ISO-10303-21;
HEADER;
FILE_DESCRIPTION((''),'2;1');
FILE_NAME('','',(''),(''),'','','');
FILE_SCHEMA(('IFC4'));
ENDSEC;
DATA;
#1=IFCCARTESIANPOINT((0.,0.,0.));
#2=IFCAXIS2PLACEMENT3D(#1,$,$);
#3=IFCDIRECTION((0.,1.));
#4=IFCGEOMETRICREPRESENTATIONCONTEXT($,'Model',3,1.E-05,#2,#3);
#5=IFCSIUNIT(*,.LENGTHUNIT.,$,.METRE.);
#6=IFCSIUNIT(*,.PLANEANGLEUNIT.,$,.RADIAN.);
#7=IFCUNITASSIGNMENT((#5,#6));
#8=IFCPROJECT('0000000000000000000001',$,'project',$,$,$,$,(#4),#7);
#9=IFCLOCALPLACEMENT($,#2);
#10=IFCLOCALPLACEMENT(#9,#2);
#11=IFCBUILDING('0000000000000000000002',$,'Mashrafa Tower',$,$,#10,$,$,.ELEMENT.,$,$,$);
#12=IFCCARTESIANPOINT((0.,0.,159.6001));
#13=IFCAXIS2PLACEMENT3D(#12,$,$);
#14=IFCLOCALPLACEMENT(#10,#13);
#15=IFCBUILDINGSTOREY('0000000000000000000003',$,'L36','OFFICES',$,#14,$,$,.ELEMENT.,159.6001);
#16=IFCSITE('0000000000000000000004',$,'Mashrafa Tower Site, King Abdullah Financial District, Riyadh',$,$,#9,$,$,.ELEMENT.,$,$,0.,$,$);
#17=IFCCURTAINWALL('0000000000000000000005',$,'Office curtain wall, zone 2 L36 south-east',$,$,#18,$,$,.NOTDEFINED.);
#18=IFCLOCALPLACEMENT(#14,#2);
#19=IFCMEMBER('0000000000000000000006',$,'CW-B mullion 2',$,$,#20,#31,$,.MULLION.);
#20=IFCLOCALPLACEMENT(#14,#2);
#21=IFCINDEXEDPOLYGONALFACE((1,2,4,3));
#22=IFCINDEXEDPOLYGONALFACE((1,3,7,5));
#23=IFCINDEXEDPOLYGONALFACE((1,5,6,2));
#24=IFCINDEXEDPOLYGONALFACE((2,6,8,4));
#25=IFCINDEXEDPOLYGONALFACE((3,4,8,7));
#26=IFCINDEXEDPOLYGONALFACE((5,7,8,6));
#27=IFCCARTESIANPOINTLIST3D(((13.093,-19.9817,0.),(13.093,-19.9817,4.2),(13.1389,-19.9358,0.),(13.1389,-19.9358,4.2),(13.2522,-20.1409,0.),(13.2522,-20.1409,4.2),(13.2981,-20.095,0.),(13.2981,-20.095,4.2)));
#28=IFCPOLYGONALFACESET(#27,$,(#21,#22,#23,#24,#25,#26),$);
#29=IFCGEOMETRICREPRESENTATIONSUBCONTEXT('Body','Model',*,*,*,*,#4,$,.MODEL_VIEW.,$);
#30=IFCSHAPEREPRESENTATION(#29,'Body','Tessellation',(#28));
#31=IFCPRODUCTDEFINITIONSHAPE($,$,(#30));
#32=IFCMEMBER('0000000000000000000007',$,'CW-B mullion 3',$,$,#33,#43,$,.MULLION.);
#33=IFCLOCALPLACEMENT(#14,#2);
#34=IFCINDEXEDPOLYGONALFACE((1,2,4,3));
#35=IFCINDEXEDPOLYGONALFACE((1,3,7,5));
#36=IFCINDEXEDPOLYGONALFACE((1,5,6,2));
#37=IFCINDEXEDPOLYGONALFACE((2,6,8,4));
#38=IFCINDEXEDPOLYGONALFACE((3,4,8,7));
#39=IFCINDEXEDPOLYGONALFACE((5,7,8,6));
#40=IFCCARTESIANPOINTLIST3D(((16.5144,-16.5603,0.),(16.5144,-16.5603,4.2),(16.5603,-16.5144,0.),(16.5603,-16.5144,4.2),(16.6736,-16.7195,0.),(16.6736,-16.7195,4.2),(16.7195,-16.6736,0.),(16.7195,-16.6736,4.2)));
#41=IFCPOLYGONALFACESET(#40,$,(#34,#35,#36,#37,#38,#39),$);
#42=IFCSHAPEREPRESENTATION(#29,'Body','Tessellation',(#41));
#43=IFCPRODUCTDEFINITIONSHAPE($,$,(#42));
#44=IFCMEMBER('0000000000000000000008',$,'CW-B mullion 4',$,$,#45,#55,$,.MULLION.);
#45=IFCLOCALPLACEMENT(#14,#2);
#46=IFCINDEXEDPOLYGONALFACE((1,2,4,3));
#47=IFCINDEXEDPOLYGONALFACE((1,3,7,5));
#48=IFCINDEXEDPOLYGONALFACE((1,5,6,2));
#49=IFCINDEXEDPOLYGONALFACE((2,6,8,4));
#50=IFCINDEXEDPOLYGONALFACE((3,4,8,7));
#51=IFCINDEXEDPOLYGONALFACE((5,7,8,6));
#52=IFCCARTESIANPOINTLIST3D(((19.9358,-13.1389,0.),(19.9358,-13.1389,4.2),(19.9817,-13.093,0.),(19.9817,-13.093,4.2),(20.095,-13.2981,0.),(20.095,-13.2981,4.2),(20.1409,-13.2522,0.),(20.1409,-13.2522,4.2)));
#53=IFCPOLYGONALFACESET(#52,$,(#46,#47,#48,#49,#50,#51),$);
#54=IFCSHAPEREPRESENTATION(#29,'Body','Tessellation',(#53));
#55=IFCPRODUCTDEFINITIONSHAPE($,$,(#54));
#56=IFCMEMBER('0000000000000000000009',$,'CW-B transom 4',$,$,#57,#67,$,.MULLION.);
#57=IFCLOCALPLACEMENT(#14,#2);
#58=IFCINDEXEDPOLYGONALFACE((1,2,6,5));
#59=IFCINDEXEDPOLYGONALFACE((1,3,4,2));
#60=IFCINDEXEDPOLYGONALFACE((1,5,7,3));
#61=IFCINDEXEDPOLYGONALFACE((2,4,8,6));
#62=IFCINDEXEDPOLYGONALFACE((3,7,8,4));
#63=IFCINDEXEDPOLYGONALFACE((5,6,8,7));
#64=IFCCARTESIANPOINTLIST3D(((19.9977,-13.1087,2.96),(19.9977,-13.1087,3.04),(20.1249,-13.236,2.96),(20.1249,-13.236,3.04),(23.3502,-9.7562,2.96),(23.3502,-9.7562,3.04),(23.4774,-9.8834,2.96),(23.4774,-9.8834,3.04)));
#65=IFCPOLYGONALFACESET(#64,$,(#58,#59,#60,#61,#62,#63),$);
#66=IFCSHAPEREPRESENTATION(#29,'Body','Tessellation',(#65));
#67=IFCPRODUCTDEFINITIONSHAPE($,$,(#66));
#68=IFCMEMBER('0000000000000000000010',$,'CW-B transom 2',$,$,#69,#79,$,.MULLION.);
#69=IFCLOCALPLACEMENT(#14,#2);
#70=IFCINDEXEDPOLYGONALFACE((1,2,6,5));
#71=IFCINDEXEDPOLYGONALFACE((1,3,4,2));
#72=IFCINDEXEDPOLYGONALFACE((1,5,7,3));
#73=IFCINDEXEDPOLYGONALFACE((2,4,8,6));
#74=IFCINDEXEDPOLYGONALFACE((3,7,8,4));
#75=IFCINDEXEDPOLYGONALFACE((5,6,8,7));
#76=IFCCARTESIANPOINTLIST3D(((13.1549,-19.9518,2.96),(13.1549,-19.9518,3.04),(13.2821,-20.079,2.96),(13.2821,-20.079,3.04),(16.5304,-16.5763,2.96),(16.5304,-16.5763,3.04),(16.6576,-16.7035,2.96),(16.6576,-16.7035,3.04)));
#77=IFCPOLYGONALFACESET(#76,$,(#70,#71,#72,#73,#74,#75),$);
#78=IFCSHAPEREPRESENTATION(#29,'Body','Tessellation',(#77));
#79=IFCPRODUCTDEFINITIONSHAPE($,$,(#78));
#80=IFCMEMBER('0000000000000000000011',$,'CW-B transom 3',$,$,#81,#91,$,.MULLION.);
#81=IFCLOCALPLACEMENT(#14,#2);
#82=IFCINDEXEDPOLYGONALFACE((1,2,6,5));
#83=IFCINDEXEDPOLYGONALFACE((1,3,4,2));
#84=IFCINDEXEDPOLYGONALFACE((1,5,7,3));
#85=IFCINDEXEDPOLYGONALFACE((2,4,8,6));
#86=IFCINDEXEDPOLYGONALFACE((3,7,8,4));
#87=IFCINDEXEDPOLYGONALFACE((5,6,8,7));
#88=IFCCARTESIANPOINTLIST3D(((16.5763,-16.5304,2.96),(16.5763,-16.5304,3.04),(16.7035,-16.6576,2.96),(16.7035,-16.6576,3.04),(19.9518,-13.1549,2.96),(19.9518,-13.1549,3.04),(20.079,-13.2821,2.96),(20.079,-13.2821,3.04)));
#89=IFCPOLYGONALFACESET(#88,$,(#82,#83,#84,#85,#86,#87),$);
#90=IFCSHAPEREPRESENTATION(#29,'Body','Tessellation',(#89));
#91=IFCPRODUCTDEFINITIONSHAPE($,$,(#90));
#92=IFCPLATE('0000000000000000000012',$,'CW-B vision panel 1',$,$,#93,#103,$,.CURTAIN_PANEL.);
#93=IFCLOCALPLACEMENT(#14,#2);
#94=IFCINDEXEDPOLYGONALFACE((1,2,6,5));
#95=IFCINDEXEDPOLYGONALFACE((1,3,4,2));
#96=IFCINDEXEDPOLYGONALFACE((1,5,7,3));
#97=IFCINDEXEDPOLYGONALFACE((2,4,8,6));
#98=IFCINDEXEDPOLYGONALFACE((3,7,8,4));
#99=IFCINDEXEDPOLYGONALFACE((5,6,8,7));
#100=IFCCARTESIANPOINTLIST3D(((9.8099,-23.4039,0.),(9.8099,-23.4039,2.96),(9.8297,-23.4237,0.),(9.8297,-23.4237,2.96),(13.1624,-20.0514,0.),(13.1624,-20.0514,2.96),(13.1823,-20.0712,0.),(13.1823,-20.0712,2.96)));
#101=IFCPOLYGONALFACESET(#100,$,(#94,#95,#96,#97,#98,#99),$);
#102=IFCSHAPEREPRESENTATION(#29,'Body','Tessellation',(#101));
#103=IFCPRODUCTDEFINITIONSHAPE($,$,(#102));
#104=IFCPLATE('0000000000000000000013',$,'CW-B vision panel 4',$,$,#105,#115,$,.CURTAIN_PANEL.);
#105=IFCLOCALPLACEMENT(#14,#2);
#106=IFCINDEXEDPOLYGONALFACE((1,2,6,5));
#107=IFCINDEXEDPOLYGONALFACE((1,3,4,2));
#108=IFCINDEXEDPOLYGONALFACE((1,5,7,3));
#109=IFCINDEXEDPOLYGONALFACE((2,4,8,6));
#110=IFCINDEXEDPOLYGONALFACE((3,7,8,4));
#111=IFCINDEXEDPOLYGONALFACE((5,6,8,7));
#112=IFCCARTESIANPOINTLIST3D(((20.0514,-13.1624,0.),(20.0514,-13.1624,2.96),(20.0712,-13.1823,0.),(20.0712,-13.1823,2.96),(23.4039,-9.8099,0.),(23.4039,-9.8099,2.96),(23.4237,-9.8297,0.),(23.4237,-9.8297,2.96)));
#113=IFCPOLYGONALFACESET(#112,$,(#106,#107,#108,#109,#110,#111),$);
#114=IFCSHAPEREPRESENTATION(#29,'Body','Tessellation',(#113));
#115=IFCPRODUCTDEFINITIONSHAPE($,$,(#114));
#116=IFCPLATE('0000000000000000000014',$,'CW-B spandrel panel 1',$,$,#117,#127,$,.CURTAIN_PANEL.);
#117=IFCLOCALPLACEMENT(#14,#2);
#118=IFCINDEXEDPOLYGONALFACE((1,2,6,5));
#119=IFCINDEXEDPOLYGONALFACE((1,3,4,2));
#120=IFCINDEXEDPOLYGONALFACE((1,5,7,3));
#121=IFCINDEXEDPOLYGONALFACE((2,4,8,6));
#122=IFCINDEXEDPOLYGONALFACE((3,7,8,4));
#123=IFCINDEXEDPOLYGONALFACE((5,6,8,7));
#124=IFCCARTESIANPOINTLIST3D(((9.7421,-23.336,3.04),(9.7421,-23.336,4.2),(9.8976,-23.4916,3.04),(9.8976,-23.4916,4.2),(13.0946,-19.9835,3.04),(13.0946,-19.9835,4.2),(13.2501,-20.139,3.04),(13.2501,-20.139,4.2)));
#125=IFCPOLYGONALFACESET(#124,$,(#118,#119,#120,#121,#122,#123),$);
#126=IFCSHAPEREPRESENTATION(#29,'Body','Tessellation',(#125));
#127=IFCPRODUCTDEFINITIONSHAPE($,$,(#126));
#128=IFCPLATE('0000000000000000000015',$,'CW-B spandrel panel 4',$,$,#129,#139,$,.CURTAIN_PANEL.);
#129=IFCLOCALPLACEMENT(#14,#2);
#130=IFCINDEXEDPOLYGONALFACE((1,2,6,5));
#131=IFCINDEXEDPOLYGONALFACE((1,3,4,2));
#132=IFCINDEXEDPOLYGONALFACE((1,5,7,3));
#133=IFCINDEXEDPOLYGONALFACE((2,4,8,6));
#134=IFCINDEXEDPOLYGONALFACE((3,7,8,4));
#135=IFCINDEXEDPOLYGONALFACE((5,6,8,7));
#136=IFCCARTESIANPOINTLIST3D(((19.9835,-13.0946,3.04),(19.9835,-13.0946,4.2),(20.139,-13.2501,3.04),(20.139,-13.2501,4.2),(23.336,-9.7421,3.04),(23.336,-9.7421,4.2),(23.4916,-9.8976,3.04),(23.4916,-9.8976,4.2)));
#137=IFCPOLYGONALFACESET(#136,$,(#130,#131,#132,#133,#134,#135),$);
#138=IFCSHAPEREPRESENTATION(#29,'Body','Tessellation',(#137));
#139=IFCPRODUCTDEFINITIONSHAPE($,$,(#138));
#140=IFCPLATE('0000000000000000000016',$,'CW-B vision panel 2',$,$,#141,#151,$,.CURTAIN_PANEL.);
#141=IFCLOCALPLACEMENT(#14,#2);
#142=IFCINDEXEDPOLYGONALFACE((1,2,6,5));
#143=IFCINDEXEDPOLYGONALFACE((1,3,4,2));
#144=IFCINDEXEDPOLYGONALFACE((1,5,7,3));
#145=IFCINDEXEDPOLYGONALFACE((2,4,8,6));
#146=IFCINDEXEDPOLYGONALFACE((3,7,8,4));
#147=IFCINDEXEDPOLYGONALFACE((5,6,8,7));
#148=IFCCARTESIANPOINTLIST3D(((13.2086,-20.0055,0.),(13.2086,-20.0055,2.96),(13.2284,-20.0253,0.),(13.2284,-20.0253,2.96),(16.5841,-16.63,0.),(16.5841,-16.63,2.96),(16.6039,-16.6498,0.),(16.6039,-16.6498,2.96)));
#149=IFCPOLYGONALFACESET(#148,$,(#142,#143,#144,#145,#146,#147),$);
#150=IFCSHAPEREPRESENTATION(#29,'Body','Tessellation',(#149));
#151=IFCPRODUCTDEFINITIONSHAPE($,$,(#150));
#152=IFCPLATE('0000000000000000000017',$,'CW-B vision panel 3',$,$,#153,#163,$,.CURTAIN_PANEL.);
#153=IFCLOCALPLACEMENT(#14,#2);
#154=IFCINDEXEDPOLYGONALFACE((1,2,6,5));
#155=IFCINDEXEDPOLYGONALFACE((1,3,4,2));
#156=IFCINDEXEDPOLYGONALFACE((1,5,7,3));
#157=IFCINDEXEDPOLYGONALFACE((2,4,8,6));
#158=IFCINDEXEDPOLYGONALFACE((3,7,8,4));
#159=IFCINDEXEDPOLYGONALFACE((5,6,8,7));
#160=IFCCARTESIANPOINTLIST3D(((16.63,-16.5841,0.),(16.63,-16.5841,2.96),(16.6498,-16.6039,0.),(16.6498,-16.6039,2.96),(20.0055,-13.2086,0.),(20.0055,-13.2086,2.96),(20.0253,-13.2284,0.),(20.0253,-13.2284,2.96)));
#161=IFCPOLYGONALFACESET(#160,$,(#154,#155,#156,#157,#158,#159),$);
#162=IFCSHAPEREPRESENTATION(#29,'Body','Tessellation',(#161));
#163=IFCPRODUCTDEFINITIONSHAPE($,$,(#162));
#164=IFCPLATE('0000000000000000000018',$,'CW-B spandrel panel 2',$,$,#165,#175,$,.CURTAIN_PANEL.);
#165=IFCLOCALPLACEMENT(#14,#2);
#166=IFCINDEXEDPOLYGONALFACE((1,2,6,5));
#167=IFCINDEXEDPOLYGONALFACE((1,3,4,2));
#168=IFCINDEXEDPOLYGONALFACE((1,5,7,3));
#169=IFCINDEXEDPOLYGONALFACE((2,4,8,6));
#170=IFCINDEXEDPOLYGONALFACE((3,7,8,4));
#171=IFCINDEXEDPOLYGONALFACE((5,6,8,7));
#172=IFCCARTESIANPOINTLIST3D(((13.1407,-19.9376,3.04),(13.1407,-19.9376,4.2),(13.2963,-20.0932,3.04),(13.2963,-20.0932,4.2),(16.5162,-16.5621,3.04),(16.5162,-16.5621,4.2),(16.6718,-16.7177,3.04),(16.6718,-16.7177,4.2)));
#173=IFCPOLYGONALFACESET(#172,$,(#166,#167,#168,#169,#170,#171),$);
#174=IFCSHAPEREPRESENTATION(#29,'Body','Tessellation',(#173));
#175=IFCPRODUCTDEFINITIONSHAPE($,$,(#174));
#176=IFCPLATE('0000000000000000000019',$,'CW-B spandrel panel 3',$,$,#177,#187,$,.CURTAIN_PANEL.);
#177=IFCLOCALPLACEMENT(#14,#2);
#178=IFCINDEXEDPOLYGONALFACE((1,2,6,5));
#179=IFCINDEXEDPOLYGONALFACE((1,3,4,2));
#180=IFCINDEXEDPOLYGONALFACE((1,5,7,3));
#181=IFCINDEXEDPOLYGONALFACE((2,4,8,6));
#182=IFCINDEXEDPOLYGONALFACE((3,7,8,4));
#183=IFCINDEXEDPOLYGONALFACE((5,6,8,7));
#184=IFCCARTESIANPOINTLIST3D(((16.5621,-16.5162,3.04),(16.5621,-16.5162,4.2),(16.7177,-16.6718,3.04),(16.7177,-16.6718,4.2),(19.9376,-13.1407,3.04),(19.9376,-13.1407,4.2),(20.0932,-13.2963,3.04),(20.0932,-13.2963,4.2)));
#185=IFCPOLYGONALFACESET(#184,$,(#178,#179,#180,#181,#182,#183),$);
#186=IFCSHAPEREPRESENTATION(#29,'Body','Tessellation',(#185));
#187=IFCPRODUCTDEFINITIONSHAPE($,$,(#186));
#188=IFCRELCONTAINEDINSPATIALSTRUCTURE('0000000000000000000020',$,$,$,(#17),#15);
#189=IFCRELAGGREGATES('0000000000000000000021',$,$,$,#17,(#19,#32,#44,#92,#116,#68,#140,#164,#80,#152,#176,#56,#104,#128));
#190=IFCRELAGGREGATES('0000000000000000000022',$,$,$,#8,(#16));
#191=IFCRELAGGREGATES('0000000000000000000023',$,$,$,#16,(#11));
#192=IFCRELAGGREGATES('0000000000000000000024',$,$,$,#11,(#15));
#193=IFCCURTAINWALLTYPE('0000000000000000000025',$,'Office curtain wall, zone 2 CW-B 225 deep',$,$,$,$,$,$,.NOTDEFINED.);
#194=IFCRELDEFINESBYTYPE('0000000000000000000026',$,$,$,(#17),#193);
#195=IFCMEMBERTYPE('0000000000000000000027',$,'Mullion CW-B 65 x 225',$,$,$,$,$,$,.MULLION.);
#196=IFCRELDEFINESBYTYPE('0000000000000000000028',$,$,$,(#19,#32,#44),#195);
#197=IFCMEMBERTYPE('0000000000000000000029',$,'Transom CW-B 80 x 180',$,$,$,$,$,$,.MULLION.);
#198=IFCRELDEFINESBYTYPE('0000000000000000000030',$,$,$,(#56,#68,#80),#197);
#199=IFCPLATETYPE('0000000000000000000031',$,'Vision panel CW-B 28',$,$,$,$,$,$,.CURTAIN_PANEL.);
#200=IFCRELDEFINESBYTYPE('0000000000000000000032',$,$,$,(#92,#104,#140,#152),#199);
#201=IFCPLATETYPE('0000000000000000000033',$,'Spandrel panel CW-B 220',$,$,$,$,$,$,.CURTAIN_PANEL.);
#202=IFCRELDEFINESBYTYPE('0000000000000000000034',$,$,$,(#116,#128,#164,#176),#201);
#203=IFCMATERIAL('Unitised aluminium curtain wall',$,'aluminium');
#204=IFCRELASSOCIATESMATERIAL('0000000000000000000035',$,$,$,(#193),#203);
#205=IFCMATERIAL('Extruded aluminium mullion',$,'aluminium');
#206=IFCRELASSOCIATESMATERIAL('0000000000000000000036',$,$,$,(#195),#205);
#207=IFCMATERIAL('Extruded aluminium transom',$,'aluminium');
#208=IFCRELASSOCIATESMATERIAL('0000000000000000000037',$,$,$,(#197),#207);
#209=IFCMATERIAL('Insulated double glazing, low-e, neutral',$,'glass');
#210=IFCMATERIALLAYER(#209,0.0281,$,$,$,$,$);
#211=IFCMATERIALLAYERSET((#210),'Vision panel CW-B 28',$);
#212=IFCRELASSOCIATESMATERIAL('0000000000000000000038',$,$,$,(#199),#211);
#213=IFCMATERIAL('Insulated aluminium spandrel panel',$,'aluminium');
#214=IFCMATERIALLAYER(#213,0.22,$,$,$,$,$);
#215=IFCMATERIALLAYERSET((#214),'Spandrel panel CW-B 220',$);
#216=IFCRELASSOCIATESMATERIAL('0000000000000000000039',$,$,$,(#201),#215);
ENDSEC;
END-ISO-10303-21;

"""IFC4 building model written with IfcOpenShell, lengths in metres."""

from ifc_helpers import new_model, si_unit, direction, frame, origin, origin_2d, place, context, subcontext, project, spatial, rectangle, extrude, source, transform, mapped, material, layer, layer_set, material_profile, profile_set, type_object, type_shapes, element, aggregate, save


model = new_model("IFC4")

# Units and contexts
model_context = context("Model", 3, precision=1e-05, world=origin(), true_north=direction((0.0, 1.0)))
body_context = subcontext(model_context, "Body", "Model", "MODEL_VIEW")
ifc_project = project(units=[si_unit("LENGTHUNIT", "METRE"), si_unit("PLANEANGLEUNIT", "RADIAN")], contexts=[model_context])

# Site, building, storey
site_placement = place(None, origin())
site = spatial("IfcSite", under=ifc_project, at=site_placement, Name="Mashrafa Tower Site, King Abdullah Financial District, Riyadh", CompositionType="ELEMENT", RefElevation=0.0)
building_placement = place(site_placement, origin())
building = spatial("IfcBuilding", under=site, at=building_placement, Name="Mashrafa Tower", CompositionType="ELEMENT")
storey_placement = place(building_placement, frame((0.0, 0.0, 159.6001)))
storey = spatial("IfcBuildingStorey", under=building, at=storey_placement, Name="L36", Description="OFFICES", CompositionType="ELEMENT", Elevation=159.6001)

# Curtain wall, members, plates
ifc_material_1 = material(Name="Unitised aluminium curtain wall", Category="aluminium")
curtain_wall_type = type_object("IfcCurtainWallType", Name="Office curtain wall, zone 2 CW-B 225 deep", PredefinedType="NOTDEFINED", material=ifc_material_1)
curtain_wall_placement = place(storey_placement, origin())
curtain_wall = element("IfcCurtainWall", 1, at=curtain_wall_placement, inside=storey, type_object=curtain_wall_type, Name="Office curtain wall, zone 2 L36 south-east", PredefinedType="NOTDEFINED")
ifc_material_2 = material(Name="Extruded aluminium mullion", Category="aluminium")
ifc_material_profile_1 = material_profile(ifc_material_2, rectangle(XDim=0.2251, YDim=0.0649, at=origin_2d()), Name="Mullion 65x225")
ifc_profile_set_1 = profile_set([ifc_material_profile_1], Name="Extruded aluminium mullion")
member_type_1 = type_object("IfcMemberType", Name="Mullion CW-B 65 x 225", PredefinedType="MULLION", material=ifc_profile_set_1)
shared_shape_1 = source(origin(), body_context, "Body", "SweptSolid", [
    extrude(rectangle(XDim=0.2251, YDim=0.0649, at=origin_2d()), origin(), (0.0, 0.0, 1.0), 4.2),
])
type_shapes(member_type_1, [shared_shape_1])
member_1_placement = place(storey_placement, frame((13.1956, -20.0383, 0.0), z_axis=(0.0, 0.0, 1.0), x_axis=(-0.707107, 0.707107, 0.0)))
member_1 = element("IfcMember", 2, at=member_1_placement, type_object=member_type_1, Name="CW-B mullion 2", PredefinedType="MULLION", context=body_context, shape_type="MappedRepresentation", body=[
    mapped(shared_shape_1, transform((0.0, 0.0, 0.0))),
])
member_2_placement = place(storey_placement, frame((16.6169, -16.6169, 0.0), z_axis=(0.0, 0.0, 1.0), x_axis=(-0.707107, 0.707107, 0.0)))
member_2 = element("IfcMember", 3, at=member_2_placement, type_object=member_type_1, Name="CW-B mullion 3", PredefinedType="MULLION", context=body_context, shape_type="MappedRepresentation", body=[
    mapped(shared_shape_1, transform((0.0, 0.0, 0.0))),
])
member_3_placement = place(storey_placement, frame((20.0383, -13.1956, 0.0), z_axis=(0.0, 0.0, 1.0), x_axis=(-0.707107, 0.707107, 0.0)))
member_3 = element("IfcMember", 4, at=member_3_placement, type_object=member_type_1, Name="CW-B mullion 4", PredefinedType="MULLION", context=body_context, shape_type="MappedRepresentation", body=[
    mapped(shared_shape_1, transform((0.0, 0.0, 0.0))),
])
ifc_material_3 = material(Name="Extruded aluminium transom", Category="aluminium")
ifc_material_profile_2 = material_profile(ifc_material_3, rectangle(XDim=0.1799, YDim=0.0801, at=origin_2d()), Name="Transom 80x180")
ifc_profile_set_2 = profile_set([ifc_material_profile_2], Name="Extruded aluminium transom")
member_type_2 = type_object("IfcMemberType", Name="Transom CW-B 80 x 180", PredefinedType="MULLION", material=ifc_profile_set_2)
shared_shape_2 = source(origin(), body_context, "Body", "SweptSolid", [
    extrude(rectangle(XDim=0.1799, YDim=0.0801, at=origin_2d()), origin(), (0.0, 0.0, 1.0), 4.7412),
])
member_4_placement = place(storey_placement, frame((20.0613, -13.1724, 3.0), z_axis=(0.707107, 0.707107, 0.0), x_axis=(-0.707107, 0.707107, 0.0)))
member_4 = element("IfcMember", 5, at=member_4_placement, type_object=member_type_2, Name="CW-B transom 4", PredefinedType="MULLION", context=body_context, shape_type="MappedRepresentation", body=[
    mapped(shared_shape_2, transform((0.0, 0.0, 0.0))),
])
shared_shape_3 = source(origin(), body_context, "Body", "SweptSolid", [
    extrude(rectangle(XDim=0.1799, YDim=0.0801, at=origin_2d()), origin(), (0.0, 0.0, 1.0), 4.7737),
])
type_shapes(member_type_2, [shared_shape_2, shared_shape_3])
member_5_placement = place(storey_placement, frame((13.2185, -20.0154, 3.0), z_axis=(0.707107, 0.707107, 0.0), x_axis=(-0.707107, 0.707107, 0.0)))
member_5 = element("IfcMember", 6, at=member_5_placement, type_object=member_type_2, Name="CW-B transom 2", PredefinedType="MULLION", context=body_context, shape_type="MappedRepresentation", body=[
    mapped(shared_shape_3, transform((0.0, 0.0, 0.0))),
])
member_6_placement = place(storey_placement, frame((16.6399, -16.594, 3.0), z_axis=(0.707107, 0.707107, 0.0), x_axis=(-0.707107, 0.707107, 0.0)))
member_6 = element("IfcMember", 7, at=member_6_placement, type_object=member_type_2, Name="CW-B transom 3", PredefinedType="MULLION", context=body_context, shape_type="MappedRepresentation", body=[
    mapped(shared_shape_3, transform((0.0, 0.0, 0.0))),
])
ifc_material_4 = material(Name="Insulated double glazing, low-e, neutral", Category="glass")
ifc_layer_1 = layer(ifc_material_4, 0.0281)
ifc_layer_set_1 = layer_set([ifc_layer_1], Name="Vision panel CW-B 28")
plate_type_1 = type_object("IfcPlateType", Name="Vision panel CW-B 28", PredefinedType="CURTAIN_PANEL", material=ifc_layer_set_1)
shared_shape_4 = source(origin(), body_context, "Body", "SweptSolid", [
    extrude(rectangle(XDim=4.7412, YDim=0.0281, at=origin_2d()), origin(), (0.0, 0.0, 1.0), 2.96),
])
plate_1_placement = place(storey_placement, frame((11.4961, -21.7375, 0.0), z_axis=(0.0, 0.0, 1.0), x_axis=(0.707107, 0.707107, 0.0)))
plate_1 = element("IfcPlate", 8, at=plate_1_placement, type_object=plate_type_1, Name="CW-B vision panel 1", PredefinedType="CURTAIN_PANEL", context=body_context, shape_type="MappedRepresentation", body=[
    mapped(shared_shape_4, transform((0.0, 0.0, 0.0))),
])
plate_2_placement = place(storey_placement, frame((21.7375, -11.4961, 0.0), z_axis=(0.0, 0.0, 1.0), x_axis=(0.707107, 0.707107, 0.0)))
plate_2 = element("IfcPlate", 9, at=plate_2_placement, type_object=plate_type_1, Name="CW-B vision panel 4", PredefinedType="CURTAIN_PANEL", context=body_context, shape_type="MappedRepresentation", body=[
    mapped(shared_shape_4, transform((0.0, 0.0, 0.0))),
])
ifc_material_5 = material(Name="Insulated aluminium spandrel panel", Category="aluminium")
ifc_layer_2 = layer(ifc_material_5, 0.22)
ifc_layer_set_2 = layer_set([ifc_layer_2], Name="Spandrel panel CW-B 220")
plate_type_2 = type_object("IfcPlateType", Name="Spandrel panel CW-B 220", PredefinedType="CURTAIN_PANEL", material=ifc_layer_set_2)
shared_shape_5 = source(origin(), body_context, "Body", "SweptSolid", [
    extrude(rectangle(XDim=4.7412, YDim=0.22, at=origin_2d()), origin(), (0.0, 0.0, 1.0), 1.1599),
])
plate_3_placement = place(storey_placement, frame((11.4961, -21.7375, 3.04), z_axis=(0.0, 0.0, 1.0), x_axis=(0.707107, 0.707107, 0.0)))
plate_3 = element("IfcPlate", 10, at=plate_3_placement, type_object=plate_type_2, Name="CW-B spandrel panel 1", PredefinedType="CURTAIN_PANEL", context=body_context, shape_type="MappedRepresentation", body=[
    mapped(shared_shape_5, transform((0.0, 0.0, 0.0))),
])
plate_4_placement = place(storey_placement, frame((21.7375, -11.4961, 3.04), z_axis=(0.0, 0.0, 1.0), x_axis=(0.707107, 0.707107, 0.0)))
plate_4 = element("IfcPlate", 11, at=plate_4_placement, type_object=plate_type_2, Name="CW-B spandrel panel 4", PredefinedType="CURTAIN_PANEL", context=body_context, shape_type="MappedRepresentation", body=[
    mapped(shared_shape_5, transform((0.0, 0.0, 0.0))),
])
shared_shape_6 = source(origin(), body_context, "Body", "SweptSolid", [
    extrude(rectangle(XDim=4.7737, YDim=0.0281, at=origin_2d()), origin(), (0.0, 0.0, 1.0), 2.96),
])
type_shapes(plate_type_1, [shared_shape_4, shared_shape_6])
plate_5_placement = place(storey_placement, frame((14.9062, -18.3276, 0.0), z_axis=(0.0, 0.0, 1.0), x_axis=(0.707107, 0.707107, 0.0)))
plate_5 = element("IfcPlate", 12, at=plate_5_placement, type_object=plate_type_1, Name="CW-B vision panel 2", PredefinedType="CURTAIN_PANEL", context=body_context, shape_type="MappedRepresentation", body=[
    mapped(shared_shape_6, transform((0.0, 0.0, 0.0))),
])
plate_6_placement = place(storey_placement, frame((18.3276, -14.9062, 0.0), z_axis=(0.0, 0.0, 1.0), x_axis=(0.707107, 0.707107, 0.0)))
plate_6 = element("IfcPlate", 13, at=plate_6_placement, type_object=plate_type_1, Name="CW-B vision panel 3", PredefinedType="CURTAIN_PANEL", context=body_context, shape_type="MappedRepresentation", body=[
    mapped(shared_shape_6, transform((0.0, 0.0, 0.0))),
])
shared_shape_7 = source(origin(), body_context, "Body", "SweptSolid", [
    extrude(rectangle(XDim=4.7737, YDim=0.22, at=origin_2d()), origin(), (0.0, 0.0, 1.0), 1.1599),
])
type_shapes(plate_type_2, [shared_shape_5, shared_shape_7])
plate_7_placement = place(storey_placement, frame((14.9062, -18.3276, 3.04), z_axis=(0.0, 0.0, 1.0), x_axis=(0.707107, 0.707107, 0.0)))
plate_7 = element("IfcPlate", 14, at=plate_7_placement, type_object=plate_type_2, Name="CW-B spandrel panel 2", PredefinedType="CURTAIN_PANEL", context=body_context, shape_type="MappedRepresentation", body=[
    mapped(shared_shape_7, transform((0.0, 0.0, 0.0))),
])
plate_8_placement = place(storey_placement, frame((18.3276, -14.9062, 3.04), z_axis=(0.0, 0.0, 1.0), x_axis=(0.707107, 0.707107, 0.0)))
plate_8 = element("IfcPlate", 15, at=plate_8_placement, type_object=plate_type_2, Name="CW-B spandrel panel 3", PredefinedType="CURTAIN_PANEL", context=body_context, shape_type="MappedRepresentation", body=[
    mapped(shared_shape_7, transform((0.0, 0.0, 0.0))),
])
aggregate(curtain_wall, [member_1, member_2, member_3, plate_1, plate_3, member_5, plate_5, plate_7, member_6, plate_6, plate_8, member_4, plate_2, plate_4])

save(model, "model.ifc")
